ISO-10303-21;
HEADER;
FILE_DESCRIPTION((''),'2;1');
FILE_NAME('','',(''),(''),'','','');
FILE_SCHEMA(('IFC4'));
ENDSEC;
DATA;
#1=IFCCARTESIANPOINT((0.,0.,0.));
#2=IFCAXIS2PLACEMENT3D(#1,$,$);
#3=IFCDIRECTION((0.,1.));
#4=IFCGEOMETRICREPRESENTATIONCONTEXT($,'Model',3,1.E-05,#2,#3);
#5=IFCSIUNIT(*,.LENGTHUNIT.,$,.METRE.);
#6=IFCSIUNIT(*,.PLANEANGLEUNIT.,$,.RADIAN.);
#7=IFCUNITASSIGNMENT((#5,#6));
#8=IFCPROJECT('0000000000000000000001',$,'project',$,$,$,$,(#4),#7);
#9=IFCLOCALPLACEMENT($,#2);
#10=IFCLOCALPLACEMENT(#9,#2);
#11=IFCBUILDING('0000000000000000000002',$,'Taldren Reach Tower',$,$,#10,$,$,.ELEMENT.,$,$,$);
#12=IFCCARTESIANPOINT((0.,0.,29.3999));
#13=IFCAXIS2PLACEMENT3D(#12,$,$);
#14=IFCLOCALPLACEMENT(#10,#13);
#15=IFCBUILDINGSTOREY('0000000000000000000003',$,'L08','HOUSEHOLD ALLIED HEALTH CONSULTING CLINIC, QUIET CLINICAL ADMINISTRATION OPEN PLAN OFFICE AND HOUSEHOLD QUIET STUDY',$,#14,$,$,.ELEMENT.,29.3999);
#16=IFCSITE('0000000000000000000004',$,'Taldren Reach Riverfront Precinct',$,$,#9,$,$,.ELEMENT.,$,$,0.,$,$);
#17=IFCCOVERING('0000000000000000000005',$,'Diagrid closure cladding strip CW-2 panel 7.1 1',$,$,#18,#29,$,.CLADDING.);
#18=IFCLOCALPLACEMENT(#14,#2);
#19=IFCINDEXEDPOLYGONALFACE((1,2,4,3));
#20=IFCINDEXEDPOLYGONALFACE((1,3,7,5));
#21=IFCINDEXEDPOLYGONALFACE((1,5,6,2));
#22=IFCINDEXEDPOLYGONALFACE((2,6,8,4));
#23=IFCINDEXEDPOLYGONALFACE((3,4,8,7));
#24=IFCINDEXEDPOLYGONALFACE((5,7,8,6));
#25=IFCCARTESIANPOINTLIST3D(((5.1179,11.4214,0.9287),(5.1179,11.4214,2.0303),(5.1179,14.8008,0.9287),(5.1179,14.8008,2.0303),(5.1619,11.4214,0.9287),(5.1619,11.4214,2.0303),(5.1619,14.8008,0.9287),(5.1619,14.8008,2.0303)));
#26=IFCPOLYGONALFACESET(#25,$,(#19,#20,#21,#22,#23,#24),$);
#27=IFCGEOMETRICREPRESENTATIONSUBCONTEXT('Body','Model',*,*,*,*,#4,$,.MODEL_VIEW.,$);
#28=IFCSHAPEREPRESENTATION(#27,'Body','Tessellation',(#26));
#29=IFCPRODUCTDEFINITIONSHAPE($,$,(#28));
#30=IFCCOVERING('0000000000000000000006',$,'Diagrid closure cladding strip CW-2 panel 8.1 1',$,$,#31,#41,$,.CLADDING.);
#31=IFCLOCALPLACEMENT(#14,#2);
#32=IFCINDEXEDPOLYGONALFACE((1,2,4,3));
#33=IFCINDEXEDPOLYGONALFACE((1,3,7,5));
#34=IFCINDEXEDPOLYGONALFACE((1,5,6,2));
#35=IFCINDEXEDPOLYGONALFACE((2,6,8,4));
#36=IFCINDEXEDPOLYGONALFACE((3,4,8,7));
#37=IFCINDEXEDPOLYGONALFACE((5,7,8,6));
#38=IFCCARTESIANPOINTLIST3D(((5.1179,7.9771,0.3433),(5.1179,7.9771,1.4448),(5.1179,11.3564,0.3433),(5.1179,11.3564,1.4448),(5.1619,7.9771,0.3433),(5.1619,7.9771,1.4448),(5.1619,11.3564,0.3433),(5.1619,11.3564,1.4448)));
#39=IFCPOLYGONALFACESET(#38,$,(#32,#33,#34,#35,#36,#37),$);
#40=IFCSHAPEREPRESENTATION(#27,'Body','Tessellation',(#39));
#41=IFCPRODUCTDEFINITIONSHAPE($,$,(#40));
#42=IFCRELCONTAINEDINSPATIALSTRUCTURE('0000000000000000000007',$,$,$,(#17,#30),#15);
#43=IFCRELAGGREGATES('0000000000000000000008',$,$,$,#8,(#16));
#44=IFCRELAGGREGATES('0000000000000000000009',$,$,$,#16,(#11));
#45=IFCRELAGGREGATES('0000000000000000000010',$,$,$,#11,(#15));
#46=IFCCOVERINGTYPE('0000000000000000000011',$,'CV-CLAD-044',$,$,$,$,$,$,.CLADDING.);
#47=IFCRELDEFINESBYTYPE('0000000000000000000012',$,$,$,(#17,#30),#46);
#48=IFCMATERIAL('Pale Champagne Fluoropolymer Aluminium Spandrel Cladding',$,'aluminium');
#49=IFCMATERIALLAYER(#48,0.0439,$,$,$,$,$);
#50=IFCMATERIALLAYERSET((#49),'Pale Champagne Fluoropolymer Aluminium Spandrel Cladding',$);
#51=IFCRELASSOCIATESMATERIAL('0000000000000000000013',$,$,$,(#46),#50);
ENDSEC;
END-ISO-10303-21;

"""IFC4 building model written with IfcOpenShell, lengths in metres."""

from ifc_helpers import new_model, si_unit, direction, frame, origin, origin_2d, place, context, subcontext, project, spatial, rectangle, extrude, source, transform, mapped, material, layer, layer_set, type_object, element, save


model = new_model("IFC4")

# Units and contexts
model_context = context("Model", 3, precision=1e-05, world=origin(), true_north=direction((0.0, 1.0)))
body_context = subcontext(model_context, "Body", "Model", "MODEL_VIEW")
ifc_project = project(units=[si_unit("LENGTHUNIT", "METRE"), si_unit("PLANEANGLEUNIT", "RADIAN")], contexts=[model_context])

# Site, building, storey
site_placement = place(None, origin())
site = spatial("IfcSite", under=ifc_project, at=site_placement, Name="Taldren Reach Riverfront Precinct", CompositionType="ELEMENT", RefElevation=0.0)
building_placement = place(site_placement, origin())
building = spatial("IfcBuilding", under=site, at=building_placement, Name="Taldren Reach Tower", CompositionType="ELEMENT")
storey_placement = place(building_placement, frame((0.0, 0.0, 29.3999)))
storey = spatial("IfcBuildingStorey", under=building, at=storey_placement, Name="L08", Description="HOUSEHOLD ALLIED HEALTH CONSULTING CLINIC, QUIET CLINICAL ADMINISTRATION OPEN PLAN OFFICE AND HOUSEHOLD QUIET STUDY", CompositionType="ELEMENT", Elevation=29.3999)

# Coverings
ifc_material_1 = material(Name="Pale Champagne Fluoropolymer Aluminium Spandrel Cladding", Category="aluminium")
ifc_layer_1 = layer(ifc_material_1, 0.0439)
ifc_layer_set_1 = layer_set([ifc_layer_1], Name="Pale Champagne Fluoropolymer Aluminium Spandrel Cladding")
covering_type = type_object("IfcCoveringType", Name="CV-CLAD-044", PredefinedType="CLADDING", material=ifc_layer_set_1)
shared_shape_1 = source(origin(), body_context, "Body", "SweptSolid", [
    extrude(rectangle(XDim=3.3794, YDim=0.0439, at=origin_2d()), origin(), (0.0, 0.0, 1.0), 1.1016),
])
for number, where, z_axis, x_axis, name in (
    (1, (5.1399, 13.1111, 0.9287), (0.0, 0.0, 1.0), (0.0, -1.0, 0.0), "Diagrid closure cladding strip CW-2 panel 7.1 1"),
    (2, (5.1399, 9.6667, 0.3433), (0.0, 0.0, 1.0), (0.0, -1.0, 0.0), "Diagrid closure cladding strip CW-2 panel 8.1 1"),
):
    element("IfcCovering", number, at=place(storey_placement, frame(where, z_axis=z_axis, x_axis=x_axis)), inside=storey, type_object=covering_type, Name=name, PredefinedType="CLADDING", context=body_context, shape_type="MappedRepresentation", body=[
        mapped(shared_shape_1, transform((0.0, 0.0, 0.0), scale=1.0)),
    ])

save(model, "model.ifc")
